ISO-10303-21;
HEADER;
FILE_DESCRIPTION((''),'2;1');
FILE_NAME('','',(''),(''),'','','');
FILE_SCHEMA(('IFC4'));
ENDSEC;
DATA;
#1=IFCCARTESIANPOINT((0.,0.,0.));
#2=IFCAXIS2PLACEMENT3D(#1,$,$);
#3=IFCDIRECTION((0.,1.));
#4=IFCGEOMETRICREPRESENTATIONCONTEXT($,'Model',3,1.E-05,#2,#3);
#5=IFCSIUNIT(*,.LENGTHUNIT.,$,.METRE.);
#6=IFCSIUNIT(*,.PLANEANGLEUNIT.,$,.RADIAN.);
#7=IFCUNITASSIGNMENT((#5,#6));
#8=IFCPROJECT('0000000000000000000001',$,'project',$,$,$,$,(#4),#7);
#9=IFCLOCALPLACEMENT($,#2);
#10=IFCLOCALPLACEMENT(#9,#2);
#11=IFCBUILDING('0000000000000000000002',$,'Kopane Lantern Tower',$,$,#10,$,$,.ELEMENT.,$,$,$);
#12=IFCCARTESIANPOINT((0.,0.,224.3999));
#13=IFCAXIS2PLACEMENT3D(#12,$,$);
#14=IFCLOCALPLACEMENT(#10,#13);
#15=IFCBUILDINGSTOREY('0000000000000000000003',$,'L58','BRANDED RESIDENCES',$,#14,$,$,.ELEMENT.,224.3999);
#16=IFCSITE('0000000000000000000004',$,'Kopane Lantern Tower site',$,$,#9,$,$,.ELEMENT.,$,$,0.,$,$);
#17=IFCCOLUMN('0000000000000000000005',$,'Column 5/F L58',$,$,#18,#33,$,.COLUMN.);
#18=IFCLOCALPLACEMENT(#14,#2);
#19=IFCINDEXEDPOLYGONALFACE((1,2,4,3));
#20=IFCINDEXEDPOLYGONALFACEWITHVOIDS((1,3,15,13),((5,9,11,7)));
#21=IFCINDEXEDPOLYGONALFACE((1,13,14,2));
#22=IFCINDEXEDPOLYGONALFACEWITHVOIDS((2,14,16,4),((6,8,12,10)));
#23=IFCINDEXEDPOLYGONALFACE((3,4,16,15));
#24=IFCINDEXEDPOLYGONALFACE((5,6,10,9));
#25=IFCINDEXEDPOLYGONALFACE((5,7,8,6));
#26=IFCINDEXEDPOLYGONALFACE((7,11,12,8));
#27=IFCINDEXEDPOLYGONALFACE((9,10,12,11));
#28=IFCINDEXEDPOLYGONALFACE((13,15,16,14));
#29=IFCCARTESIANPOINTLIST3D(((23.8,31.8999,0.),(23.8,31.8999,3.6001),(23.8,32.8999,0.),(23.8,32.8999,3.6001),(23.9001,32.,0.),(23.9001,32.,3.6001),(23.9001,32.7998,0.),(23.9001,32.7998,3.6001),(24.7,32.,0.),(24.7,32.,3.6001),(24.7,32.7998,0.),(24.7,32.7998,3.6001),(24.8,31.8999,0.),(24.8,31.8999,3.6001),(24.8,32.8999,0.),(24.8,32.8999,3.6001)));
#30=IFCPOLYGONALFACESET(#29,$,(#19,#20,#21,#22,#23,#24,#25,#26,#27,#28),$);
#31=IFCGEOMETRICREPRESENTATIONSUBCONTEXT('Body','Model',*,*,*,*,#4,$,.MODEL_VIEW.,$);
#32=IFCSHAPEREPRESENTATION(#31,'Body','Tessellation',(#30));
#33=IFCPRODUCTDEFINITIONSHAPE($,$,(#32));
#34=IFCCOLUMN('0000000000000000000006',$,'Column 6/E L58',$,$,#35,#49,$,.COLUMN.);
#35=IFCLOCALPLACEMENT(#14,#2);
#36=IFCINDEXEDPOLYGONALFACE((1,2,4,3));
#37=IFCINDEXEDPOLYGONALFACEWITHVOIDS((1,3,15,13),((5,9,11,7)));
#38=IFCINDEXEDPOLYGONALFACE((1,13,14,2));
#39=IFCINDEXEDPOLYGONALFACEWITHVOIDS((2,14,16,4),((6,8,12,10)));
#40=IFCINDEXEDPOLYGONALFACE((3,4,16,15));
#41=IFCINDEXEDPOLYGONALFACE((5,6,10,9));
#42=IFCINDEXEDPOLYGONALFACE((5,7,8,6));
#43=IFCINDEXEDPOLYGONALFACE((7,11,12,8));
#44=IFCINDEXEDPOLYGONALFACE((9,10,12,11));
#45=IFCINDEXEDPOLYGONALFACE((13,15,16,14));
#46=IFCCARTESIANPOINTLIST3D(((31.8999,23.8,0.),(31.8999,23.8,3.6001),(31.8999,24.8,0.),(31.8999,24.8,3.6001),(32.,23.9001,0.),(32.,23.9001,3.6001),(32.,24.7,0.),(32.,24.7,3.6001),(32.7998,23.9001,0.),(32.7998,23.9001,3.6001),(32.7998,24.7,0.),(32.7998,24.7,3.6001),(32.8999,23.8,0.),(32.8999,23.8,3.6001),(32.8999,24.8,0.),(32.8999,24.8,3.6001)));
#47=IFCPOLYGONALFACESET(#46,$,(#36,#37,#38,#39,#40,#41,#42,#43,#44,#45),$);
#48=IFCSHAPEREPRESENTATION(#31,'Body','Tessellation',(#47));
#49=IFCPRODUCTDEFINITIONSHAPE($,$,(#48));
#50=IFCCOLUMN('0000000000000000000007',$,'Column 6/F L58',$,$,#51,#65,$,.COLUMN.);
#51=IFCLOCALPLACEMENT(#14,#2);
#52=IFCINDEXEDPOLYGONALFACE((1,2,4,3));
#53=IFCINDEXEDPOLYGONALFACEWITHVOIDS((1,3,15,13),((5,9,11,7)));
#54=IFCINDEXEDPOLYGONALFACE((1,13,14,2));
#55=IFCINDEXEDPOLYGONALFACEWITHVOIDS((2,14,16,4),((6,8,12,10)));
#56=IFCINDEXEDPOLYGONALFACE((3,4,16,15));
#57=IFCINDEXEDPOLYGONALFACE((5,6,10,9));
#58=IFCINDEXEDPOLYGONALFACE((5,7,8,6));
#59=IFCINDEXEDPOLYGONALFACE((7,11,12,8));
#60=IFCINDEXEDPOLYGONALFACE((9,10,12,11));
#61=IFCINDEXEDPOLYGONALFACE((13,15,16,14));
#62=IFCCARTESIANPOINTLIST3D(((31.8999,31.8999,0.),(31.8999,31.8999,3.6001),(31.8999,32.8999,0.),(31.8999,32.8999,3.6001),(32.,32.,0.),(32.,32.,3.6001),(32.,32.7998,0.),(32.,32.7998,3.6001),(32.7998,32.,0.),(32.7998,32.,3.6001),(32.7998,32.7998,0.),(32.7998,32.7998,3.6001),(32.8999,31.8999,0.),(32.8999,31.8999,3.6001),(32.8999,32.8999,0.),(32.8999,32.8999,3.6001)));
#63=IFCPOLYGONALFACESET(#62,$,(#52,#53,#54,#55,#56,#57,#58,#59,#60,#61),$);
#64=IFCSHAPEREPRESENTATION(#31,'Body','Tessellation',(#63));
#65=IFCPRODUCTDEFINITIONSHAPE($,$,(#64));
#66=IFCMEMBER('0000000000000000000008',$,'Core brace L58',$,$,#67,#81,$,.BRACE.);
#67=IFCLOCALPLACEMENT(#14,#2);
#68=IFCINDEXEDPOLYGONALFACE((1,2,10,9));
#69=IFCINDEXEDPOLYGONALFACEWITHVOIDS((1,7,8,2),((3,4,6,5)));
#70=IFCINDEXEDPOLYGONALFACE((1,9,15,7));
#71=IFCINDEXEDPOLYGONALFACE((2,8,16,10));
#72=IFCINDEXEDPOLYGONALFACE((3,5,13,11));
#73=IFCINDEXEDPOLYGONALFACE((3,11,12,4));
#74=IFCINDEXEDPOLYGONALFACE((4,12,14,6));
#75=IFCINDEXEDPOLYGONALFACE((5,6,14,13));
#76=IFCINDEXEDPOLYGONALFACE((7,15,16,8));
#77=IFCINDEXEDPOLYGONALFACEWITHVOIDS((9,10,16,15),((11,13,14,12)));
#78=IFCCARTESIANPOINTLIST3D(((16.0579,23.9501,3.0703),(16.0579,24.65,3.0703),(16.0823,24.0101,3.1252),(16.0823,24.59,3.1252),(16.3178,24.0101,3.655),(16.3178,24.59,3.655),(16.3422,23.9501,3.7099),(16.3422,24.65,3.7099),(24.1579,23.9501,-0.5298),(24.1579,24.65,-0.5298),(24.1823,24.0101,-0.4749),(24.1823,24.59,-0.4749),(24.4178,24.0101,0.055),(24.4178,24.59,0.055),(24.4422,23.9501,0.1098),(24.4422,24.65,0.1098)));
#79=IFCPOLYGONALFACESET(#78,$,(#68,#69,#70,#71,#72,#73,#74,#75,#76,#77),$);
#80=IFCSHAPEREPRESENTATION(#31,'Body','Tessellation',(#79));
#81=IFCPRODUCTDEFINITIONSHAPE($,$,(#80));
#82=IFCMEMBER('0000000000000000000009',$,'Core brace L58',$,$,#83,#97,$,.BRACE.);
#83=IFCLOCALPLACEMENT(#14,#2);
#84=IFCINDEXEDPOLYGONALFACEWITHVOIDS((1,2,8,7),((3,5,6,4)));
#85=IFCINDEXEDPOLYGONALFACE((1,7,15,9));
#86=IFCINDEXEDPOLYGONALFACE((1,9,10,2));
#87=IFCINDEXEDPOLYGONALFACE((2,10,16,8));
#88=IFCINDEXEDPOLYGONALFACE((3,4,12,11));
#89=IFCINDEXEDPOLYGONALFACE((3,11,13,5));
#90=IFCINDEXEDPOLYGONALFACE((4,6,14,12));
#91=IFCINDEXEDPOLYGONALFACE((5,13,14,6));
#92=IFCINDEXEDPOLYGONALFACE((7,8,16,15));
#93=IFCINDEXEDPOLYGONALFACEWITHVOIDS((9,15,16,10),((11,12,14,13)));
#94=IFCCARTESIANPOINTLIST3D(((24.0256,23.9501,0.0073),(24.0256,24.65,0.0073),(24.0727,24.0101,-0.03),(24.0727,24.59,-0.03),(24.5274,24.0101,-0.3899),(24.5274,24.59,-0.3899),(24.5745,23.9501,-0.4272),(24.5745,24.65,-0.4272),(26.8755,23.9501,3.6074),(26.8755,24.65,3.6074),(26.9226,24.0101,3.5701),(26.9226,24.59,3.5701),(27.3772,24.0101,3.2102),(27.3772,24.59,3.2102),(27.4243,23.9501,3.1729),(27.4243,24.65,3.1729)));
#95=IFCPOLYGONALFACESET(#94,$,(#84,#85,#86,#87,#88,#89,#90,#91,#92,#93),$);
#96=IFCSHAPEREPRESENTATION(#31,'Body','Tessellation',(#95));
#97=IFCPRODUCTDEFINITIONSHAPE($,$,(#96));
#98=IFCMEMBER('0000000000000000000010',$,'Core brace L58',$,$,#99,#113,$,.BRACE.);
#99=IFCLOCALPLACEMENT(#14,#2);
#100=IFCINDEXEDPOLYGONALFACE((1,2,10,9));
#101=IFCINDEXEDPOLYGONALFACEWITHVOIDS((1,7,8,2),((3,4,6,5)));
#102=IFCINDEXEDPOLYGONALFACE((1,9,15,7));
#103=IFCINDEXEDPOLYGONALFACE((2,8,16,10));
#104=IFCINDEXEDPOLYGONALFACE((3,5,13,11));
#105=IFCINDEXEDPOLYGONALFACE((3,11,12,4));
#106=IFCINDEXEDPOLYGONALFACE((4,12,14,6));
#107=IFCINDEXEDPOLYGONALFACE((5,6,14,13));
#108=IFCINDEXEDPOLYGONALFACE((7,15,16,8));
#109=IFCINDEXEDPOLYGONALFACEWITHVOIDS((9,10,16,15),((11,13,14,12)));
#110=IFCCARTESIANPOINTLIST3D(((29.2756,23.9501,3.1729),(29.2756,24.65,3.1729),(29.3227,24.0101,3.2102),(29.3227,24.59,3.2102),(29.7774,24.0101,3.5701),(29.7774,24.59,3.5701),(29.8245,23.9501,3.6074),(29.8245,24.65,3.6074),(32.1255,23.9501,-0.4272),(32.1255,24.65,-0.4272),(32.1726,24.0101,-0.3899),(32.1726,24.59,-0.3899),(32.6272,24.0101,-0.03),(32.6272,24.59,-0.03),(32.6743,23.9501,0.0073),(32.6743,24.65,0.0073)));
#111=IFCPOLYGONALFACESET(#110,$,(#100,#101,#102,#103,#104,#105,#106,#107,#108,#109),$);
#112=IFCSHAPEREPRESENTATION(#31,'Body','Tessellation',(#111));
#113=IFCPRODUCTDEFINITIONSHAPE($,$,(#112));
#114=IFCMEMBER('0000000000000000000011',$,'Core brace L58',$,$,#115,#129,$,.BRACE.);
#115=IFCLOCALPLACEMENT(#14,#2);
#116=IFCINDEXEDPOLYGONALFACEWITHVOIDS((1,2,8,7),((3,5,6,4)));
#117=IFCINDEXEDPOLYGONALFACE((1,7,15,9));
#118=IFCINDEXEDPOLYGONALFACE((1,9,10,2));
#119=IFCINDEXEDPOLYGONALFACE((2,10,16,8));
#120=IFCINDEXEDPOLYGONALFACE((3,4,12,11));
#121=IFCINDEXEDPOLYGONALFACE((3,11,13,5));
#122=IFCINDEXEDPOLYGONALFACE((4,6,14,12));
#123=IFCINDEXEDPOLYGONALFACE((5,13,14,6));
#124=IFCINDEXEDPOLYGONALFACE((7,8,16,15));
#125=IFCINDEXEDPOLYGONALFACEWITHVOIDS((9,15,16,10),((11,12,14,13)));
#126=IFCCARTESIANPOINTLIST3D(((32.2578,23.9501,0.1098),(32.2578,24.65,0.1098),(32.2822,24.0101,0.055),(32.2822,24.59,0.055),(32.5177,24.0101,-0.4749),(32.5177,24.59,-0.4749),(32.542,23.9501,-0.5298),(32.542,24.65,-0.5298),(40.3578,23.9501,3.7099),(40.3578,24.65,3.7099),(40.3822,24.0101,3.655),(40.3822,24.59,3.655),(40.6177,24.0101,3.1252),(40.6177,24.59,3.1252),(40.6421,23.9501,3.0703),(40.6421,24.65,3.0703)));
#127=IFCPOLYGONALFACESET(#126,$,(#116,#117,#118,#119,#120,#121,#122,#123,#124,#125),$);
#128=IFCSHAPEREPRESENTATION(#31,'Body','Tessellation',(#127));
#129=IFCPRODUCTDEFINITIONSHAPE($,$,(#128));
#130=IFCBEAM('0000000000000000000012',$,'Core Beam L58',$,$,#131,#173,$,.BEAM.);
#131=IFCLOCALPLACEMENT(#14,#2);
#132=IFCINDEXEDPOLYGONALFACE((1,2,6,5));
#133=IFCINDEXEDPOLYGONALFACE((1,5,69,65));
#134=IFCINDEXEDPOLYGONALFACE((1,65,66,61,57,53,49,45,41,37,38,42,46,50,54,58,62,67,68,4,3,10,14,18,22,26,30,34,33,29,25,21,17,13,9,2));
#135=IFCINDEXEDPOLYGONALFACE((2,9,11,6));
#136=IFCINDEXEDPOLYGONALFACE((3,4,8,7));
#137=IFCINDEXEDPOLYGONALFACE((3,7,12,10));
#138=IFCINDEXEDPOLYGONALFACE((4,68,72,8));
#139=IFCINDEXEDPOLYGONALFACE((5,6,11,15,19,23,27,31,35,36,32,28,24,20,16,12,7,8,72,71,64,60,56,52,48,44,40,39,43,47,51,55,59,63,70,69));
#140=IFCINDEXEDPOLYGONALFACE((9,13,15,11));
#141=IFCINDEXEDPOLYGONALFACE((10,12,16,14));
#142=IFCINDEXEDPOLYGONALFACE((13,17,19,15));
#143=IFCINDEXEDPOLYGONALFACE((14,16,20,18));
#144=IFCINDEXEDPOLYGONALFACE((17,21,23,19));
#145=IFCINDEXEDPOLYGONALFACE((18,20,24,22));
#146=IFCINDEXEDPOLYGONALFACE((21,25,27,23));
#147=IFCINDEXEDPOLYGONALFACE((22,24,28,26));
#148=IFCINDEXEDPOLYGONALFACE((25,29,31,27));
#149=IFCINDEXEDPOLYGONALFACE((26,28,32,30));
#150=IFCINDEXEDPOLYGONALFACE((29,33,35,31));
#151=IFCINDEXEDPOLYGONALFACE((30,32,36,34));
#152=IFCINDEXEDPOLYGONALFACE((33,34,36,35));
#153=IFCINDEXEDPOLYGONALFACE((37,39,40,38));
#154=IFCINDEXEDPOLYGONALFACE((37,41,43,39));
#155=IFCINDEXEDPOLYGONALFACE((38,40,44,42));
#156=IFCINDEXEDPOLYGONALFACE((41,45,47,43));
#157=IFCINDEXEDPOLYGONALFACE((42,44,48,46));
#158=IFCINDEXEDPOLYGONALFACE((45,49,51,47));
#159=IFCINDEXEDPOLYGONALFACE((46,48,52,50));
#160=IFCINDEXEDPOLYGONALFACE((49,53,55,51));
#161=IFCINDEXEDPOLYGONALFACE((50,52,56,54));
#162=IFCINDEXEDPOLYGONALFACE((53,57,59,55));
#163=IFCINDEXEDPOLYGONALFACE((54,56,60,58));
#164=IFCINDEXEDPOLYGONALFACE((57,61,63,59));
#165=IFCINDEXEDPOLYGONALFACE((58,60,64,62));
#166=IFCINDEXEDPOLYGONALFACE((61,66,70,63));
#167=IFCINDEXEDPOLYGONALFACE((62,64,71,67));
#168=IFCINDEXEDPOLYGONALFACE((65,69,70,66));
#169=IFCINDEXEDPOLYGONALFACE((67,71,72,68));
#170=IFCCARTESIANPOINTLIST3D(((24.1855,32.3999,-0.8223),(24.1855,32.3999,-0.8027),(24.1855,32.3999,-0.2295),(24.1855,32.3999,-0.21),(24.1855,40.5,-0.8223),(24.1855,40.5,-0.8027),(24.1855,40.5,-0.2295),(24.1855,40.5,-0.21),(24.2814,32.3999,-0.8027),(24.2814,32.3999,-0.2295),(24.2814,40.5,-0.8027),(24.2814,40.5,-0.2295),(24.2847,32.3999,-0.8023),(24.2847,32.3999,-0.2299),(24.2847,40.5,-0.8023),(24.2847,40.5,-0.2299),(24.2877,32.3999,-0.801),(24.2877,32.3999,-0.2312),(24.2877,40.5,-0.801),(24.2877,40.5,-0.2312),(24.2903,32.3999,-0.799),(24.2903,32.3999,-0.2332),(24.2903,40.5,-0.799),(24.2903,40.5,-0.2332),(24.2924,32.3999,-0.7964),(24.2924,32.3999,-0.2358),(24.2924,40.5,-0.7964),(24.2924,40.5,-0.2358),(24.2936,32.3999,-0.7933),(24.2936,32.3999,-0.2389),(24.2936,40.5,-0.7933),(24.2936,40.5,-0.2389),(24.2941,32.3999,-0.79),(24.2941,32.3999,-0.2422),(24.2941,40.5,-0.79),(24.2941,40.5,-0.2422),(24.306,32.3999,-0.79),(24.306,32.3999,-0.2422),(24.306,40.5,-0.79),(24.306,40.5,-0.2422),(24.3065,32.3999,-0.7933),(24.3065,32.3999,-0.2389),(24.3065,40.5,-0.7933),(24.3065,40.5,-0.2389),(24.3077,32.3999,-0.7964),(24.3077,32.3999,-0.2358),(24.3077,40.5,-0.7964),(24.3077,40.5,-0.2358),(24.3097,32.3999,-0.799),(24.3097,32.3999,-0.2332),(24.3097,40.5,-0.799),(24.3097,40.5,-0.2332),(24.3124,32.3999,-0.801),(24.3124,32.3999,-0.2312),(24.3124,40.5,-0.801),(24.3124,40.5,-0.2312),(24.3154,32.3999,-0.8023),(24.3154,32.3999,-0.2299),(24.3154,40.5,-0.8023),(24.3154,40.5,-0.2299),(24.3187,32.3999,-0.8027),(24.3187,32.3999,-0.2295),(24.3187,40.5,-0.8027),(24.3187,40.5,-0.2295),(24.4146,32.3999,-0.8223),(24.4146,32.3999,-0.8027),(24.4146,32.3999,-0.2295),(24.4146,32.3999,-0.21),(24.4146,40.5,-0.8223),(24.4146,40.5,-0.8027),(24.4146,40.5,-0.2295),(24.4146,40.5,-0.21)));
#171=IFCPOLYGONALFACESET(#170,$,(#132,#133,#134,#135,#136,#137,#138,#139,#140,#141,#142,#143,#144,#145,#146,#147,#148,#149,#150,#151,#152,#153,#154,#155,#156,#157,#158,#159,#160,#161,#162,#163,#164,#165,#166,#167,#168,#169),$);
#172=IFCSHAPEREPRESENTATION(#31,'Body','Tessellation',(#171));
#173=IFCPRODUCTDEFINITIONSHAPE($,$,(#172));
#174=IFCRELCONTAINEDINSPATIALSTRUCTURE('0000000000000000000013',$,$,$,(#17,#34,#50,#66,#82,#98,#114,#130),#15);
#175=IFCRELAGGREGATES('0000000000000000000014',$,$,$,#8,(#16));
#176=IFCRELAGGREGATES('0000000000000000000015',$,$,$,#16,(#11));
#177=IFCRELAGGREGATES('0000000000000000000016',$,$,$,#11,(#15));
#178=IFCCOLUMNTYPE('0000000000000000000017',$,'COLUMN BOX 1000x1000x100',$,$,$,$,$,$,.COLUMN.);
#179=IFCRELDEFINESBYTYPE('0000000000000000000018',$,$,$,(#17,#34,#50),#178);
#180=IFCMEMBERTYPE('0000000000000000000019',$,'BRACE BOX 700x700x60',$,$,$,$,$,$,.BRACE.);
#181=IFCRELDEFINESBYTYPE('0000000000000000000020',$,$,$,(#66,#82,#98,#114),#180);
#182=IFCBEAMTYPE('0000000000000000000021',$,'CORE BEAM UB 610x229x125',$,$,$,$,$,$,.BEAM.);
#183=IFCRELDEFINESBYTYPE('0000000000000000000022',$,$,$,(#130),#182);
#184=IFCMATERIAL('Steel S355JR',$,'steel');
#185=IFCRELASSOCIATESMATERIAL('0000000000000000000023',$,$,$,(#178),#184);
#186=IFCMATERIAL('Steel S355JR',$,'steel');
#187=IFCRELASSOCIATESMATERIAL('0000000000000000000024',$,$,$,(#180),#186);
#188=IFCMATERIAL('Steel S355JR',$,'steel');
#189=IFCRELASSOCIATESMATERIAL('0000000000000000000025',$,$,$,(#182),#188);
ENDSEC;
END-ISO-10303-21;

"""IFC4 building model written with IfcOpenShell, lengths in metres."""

from ifc_helpers import new_model, si_unit, direction, frame, origin, origin_2d, place, context, subcontext, project, spatial, hollow_rectangle, i_section, extrude, material, material_profile, profile_set, type_object, element, save


model = new_model("IFC4")

# Units and contexts
model_context = context("Model", 3, precision=1e-05, world=origin(), true_north=direction((0.0, 1.0)))
body_context = subcontext(model_context, "Body", "Model", "MODEL_VIEW")
ifc_project = project(units=[si_unit("LENGTHUNIT", "METRE"), si_unit("PLANEANGLEUNIT", "RADIAN")], contexts=[model_context])

# Site, building, storey
site_placement = place(None, origin())
site = spatial("IfcSite", under=ifc_project, at=site_placement, Name="Kopane Lantern Tower site", CompositionType="ELEMENT", RefElevation=0.0)
building_placement = place(site_placement, origin())
building = spatial("IfcBuilding", under=site, at=building_placement, Name="Kopane Lantern Tower", CompositionType="ELEMENT")
storey_placement = place(building_placement, frame((0.0, 0.0, 224.3999)))
storey = spatial("IfcBuildingStorey", under=building, at=storey_placement, Name="L58", Description="BRANDED RESIDENCES", CompositionType="ELEMENT", Elevation=224.3999)

# Columns
ifc_material_1 = material(Name="Steel S355JR", Category="steel")
ifc_material_profile_1 = material_profile(ifc_material_1, hollow_rectangle(XDim=1.0, YDim=1.0, WallThickness=0.1001, at=origin_2d()), Name="BOX 1000x1000x100")
ifc_profile_set_1 = profile_set([ifc_material_profile_1], Name="Steel S355JR")
column_type = type_object("IfcColumnType", Name="COLUMN BOX 1000x1000x100", PredefinedType="COLUMN", material=ifc_profile_set_1)
for number, where, z_axis, x_axis, name in (
    (1, (24.3, 32.3999, 0.0), (0.0, 0.0, 1.0), (1.0, 0.0, 0.0), "Column 5/F L58"),
    (2, (32.3999, 24.3, 0.0), (0.0, 0.0, 1.0), (1.0, 0.0, 0.0), "Column 6/E L58"),
    (3, (32.3999, 32.3999, 0.0), (0.0, 0.0, 1.0), (1.0, 0.0, 0.0), "Column 6/F L58"),
):
    element("IfcColumn", number, at=place(storey_placement, frame(where, z_axis=z_axis, x_axis=x_axis)), inside=storey, type_object=column_type, Name=name, PredefinedType="COLUMN", context=body_context, shape_type="SweptSolid", body=[
        extrude(hollow_rectangle(XDim=1.0, YDim=1.0, WallThickness=0.1001, at=origin_2d()), origin(), (0.0, 0.0, 1.0), 3.6001),
    ])

# Members
ifc_material_2 = material(Name="Steel S355JR", Category="steel")
ifc_material_profile_2 = material_profile(ifc_material_2, hollow_rectangle(XDim=0.7, YDim=0.7, WallThickness=0.0601, at=origin_2d()), Name="BOX 700x700x60")
ifc_profile_set_2 = profile_set([ifc_material_profile_2], Name="Steel S355JR")
member_type = type_object("IfcMemberType", Name="BRACE BOX 700x700x60", PredefinedType="BRACE", material=ifc_profile_set_2)
member_1_placement = place(storey_placement, frame((24.3, 24.3, -0.21), z_axis=(-0.913809, 0.0, 0.406144), x_axis=(0.0, -1.0, 0.0)))
element("IfcMember", 4, at=member_1_placement, inside=storey, type_object=member_type, Name="Core brace L58", PredefinedType="BRACE", context=body_context, shape_type="SweptSolid", body=[
    extrude(hollow_rectangle(XDim=0.7, YDim=0.7, WallThickness=0.0601, at=origin_2d()), origin(), (0.0, 0.0, 1.0), 8.864),
])
for number, where, z_axis, x_axis, name in (
    (5, (24.3, 24.3, -0.21), (0.620673, 0.0, 0.78407), (0.0, 1.0, 0.0), "Core brace L58"),
    (6, (32.3999, 24.3, -0.21), (-0.620673, 0.0, 0.78407), (0.0, -1.0, 0.0), "Core brace L58"),
):
    element("IfcMember", number, at=place(storey_placement, frame(where, z_axis=z_axis, x_axis=x_axis)), inside=storey, type_object=member_type, Name=name, PredefinedType="BRACE", context=body_context, shape_type="SweptSolid", body=[
        extrude(hollow_rectangle(XDim=0.7, YDim=0.7, WallThickness=0.0601, at=origin_2d()), origin(), (0.0, 0.0, 1.0), 4.5916),
    ])
member_2_placement = place(storey_placement, frame((32.3999, 24.3, -0.21), z_axis=(0.913809, 0.0, 0.406144), x_axis=(0.0, 1.0, 0.0)))
element("IfcMember", 7, at=member_2_placement, inside=storey, type_object=member_type, Name="Core brace L58", PredefinedType="BRACE", context=body_context, shape_type="SweptSolid", body=[
    extrude(hollow_rectangle(XDim=0.7, YDim=0.7, WallThickness=0.0601, at=origin_2d()), origin(), (0.0, 0.0, 1.0), 8.864),
])

# Beam
ifc_material_3 = material(Name="Steel S355JR", Category="steel")
ifc_material_profile_3 = material_profile(ifc_material_3, i_section(OverallWidth=0.229, OverallDepth=0.6123, WebThickness=0.012, FlangeThickness=0.0195, FilletRadius=0.0127, at=origin_2d()), Name="UB 610x229x125")
ifc_profile_set_3 = profile_set([ifc_material_profile_3], Name="Steel S355JR")
beam_type_1 = type_object("IfcBeamType", Name="CORE BEAM UB 610x229x125", PredefinedType="BEAM", material=ifc_profile_set_3)
beam_1_placement = place(storey_placement, frame((24.3, 32.3999, -0.5161), z_axis=(0.0, 1.0, 0.0), x_axis=(-1.0, 0.0, 0.0)))
element("IfcBeam", 8, at=beam_1_placement, inside=storey, type_object=beam_type_1, Name="Core Beam L58", PredefinedType="BEAM", context=body_context, shape_type="SweptSolid", body=[
    extrude(i_section(OverallWidth=0.229, OverallDepth=0.6123, WebThickness=0.012, FlangeThickness=0.0195, FilletRadius=0.0127, at=origin_2d()), origin(), (0.0, 0.0, 1.0), 8.1001),
])

save(model, "model.ifc")
